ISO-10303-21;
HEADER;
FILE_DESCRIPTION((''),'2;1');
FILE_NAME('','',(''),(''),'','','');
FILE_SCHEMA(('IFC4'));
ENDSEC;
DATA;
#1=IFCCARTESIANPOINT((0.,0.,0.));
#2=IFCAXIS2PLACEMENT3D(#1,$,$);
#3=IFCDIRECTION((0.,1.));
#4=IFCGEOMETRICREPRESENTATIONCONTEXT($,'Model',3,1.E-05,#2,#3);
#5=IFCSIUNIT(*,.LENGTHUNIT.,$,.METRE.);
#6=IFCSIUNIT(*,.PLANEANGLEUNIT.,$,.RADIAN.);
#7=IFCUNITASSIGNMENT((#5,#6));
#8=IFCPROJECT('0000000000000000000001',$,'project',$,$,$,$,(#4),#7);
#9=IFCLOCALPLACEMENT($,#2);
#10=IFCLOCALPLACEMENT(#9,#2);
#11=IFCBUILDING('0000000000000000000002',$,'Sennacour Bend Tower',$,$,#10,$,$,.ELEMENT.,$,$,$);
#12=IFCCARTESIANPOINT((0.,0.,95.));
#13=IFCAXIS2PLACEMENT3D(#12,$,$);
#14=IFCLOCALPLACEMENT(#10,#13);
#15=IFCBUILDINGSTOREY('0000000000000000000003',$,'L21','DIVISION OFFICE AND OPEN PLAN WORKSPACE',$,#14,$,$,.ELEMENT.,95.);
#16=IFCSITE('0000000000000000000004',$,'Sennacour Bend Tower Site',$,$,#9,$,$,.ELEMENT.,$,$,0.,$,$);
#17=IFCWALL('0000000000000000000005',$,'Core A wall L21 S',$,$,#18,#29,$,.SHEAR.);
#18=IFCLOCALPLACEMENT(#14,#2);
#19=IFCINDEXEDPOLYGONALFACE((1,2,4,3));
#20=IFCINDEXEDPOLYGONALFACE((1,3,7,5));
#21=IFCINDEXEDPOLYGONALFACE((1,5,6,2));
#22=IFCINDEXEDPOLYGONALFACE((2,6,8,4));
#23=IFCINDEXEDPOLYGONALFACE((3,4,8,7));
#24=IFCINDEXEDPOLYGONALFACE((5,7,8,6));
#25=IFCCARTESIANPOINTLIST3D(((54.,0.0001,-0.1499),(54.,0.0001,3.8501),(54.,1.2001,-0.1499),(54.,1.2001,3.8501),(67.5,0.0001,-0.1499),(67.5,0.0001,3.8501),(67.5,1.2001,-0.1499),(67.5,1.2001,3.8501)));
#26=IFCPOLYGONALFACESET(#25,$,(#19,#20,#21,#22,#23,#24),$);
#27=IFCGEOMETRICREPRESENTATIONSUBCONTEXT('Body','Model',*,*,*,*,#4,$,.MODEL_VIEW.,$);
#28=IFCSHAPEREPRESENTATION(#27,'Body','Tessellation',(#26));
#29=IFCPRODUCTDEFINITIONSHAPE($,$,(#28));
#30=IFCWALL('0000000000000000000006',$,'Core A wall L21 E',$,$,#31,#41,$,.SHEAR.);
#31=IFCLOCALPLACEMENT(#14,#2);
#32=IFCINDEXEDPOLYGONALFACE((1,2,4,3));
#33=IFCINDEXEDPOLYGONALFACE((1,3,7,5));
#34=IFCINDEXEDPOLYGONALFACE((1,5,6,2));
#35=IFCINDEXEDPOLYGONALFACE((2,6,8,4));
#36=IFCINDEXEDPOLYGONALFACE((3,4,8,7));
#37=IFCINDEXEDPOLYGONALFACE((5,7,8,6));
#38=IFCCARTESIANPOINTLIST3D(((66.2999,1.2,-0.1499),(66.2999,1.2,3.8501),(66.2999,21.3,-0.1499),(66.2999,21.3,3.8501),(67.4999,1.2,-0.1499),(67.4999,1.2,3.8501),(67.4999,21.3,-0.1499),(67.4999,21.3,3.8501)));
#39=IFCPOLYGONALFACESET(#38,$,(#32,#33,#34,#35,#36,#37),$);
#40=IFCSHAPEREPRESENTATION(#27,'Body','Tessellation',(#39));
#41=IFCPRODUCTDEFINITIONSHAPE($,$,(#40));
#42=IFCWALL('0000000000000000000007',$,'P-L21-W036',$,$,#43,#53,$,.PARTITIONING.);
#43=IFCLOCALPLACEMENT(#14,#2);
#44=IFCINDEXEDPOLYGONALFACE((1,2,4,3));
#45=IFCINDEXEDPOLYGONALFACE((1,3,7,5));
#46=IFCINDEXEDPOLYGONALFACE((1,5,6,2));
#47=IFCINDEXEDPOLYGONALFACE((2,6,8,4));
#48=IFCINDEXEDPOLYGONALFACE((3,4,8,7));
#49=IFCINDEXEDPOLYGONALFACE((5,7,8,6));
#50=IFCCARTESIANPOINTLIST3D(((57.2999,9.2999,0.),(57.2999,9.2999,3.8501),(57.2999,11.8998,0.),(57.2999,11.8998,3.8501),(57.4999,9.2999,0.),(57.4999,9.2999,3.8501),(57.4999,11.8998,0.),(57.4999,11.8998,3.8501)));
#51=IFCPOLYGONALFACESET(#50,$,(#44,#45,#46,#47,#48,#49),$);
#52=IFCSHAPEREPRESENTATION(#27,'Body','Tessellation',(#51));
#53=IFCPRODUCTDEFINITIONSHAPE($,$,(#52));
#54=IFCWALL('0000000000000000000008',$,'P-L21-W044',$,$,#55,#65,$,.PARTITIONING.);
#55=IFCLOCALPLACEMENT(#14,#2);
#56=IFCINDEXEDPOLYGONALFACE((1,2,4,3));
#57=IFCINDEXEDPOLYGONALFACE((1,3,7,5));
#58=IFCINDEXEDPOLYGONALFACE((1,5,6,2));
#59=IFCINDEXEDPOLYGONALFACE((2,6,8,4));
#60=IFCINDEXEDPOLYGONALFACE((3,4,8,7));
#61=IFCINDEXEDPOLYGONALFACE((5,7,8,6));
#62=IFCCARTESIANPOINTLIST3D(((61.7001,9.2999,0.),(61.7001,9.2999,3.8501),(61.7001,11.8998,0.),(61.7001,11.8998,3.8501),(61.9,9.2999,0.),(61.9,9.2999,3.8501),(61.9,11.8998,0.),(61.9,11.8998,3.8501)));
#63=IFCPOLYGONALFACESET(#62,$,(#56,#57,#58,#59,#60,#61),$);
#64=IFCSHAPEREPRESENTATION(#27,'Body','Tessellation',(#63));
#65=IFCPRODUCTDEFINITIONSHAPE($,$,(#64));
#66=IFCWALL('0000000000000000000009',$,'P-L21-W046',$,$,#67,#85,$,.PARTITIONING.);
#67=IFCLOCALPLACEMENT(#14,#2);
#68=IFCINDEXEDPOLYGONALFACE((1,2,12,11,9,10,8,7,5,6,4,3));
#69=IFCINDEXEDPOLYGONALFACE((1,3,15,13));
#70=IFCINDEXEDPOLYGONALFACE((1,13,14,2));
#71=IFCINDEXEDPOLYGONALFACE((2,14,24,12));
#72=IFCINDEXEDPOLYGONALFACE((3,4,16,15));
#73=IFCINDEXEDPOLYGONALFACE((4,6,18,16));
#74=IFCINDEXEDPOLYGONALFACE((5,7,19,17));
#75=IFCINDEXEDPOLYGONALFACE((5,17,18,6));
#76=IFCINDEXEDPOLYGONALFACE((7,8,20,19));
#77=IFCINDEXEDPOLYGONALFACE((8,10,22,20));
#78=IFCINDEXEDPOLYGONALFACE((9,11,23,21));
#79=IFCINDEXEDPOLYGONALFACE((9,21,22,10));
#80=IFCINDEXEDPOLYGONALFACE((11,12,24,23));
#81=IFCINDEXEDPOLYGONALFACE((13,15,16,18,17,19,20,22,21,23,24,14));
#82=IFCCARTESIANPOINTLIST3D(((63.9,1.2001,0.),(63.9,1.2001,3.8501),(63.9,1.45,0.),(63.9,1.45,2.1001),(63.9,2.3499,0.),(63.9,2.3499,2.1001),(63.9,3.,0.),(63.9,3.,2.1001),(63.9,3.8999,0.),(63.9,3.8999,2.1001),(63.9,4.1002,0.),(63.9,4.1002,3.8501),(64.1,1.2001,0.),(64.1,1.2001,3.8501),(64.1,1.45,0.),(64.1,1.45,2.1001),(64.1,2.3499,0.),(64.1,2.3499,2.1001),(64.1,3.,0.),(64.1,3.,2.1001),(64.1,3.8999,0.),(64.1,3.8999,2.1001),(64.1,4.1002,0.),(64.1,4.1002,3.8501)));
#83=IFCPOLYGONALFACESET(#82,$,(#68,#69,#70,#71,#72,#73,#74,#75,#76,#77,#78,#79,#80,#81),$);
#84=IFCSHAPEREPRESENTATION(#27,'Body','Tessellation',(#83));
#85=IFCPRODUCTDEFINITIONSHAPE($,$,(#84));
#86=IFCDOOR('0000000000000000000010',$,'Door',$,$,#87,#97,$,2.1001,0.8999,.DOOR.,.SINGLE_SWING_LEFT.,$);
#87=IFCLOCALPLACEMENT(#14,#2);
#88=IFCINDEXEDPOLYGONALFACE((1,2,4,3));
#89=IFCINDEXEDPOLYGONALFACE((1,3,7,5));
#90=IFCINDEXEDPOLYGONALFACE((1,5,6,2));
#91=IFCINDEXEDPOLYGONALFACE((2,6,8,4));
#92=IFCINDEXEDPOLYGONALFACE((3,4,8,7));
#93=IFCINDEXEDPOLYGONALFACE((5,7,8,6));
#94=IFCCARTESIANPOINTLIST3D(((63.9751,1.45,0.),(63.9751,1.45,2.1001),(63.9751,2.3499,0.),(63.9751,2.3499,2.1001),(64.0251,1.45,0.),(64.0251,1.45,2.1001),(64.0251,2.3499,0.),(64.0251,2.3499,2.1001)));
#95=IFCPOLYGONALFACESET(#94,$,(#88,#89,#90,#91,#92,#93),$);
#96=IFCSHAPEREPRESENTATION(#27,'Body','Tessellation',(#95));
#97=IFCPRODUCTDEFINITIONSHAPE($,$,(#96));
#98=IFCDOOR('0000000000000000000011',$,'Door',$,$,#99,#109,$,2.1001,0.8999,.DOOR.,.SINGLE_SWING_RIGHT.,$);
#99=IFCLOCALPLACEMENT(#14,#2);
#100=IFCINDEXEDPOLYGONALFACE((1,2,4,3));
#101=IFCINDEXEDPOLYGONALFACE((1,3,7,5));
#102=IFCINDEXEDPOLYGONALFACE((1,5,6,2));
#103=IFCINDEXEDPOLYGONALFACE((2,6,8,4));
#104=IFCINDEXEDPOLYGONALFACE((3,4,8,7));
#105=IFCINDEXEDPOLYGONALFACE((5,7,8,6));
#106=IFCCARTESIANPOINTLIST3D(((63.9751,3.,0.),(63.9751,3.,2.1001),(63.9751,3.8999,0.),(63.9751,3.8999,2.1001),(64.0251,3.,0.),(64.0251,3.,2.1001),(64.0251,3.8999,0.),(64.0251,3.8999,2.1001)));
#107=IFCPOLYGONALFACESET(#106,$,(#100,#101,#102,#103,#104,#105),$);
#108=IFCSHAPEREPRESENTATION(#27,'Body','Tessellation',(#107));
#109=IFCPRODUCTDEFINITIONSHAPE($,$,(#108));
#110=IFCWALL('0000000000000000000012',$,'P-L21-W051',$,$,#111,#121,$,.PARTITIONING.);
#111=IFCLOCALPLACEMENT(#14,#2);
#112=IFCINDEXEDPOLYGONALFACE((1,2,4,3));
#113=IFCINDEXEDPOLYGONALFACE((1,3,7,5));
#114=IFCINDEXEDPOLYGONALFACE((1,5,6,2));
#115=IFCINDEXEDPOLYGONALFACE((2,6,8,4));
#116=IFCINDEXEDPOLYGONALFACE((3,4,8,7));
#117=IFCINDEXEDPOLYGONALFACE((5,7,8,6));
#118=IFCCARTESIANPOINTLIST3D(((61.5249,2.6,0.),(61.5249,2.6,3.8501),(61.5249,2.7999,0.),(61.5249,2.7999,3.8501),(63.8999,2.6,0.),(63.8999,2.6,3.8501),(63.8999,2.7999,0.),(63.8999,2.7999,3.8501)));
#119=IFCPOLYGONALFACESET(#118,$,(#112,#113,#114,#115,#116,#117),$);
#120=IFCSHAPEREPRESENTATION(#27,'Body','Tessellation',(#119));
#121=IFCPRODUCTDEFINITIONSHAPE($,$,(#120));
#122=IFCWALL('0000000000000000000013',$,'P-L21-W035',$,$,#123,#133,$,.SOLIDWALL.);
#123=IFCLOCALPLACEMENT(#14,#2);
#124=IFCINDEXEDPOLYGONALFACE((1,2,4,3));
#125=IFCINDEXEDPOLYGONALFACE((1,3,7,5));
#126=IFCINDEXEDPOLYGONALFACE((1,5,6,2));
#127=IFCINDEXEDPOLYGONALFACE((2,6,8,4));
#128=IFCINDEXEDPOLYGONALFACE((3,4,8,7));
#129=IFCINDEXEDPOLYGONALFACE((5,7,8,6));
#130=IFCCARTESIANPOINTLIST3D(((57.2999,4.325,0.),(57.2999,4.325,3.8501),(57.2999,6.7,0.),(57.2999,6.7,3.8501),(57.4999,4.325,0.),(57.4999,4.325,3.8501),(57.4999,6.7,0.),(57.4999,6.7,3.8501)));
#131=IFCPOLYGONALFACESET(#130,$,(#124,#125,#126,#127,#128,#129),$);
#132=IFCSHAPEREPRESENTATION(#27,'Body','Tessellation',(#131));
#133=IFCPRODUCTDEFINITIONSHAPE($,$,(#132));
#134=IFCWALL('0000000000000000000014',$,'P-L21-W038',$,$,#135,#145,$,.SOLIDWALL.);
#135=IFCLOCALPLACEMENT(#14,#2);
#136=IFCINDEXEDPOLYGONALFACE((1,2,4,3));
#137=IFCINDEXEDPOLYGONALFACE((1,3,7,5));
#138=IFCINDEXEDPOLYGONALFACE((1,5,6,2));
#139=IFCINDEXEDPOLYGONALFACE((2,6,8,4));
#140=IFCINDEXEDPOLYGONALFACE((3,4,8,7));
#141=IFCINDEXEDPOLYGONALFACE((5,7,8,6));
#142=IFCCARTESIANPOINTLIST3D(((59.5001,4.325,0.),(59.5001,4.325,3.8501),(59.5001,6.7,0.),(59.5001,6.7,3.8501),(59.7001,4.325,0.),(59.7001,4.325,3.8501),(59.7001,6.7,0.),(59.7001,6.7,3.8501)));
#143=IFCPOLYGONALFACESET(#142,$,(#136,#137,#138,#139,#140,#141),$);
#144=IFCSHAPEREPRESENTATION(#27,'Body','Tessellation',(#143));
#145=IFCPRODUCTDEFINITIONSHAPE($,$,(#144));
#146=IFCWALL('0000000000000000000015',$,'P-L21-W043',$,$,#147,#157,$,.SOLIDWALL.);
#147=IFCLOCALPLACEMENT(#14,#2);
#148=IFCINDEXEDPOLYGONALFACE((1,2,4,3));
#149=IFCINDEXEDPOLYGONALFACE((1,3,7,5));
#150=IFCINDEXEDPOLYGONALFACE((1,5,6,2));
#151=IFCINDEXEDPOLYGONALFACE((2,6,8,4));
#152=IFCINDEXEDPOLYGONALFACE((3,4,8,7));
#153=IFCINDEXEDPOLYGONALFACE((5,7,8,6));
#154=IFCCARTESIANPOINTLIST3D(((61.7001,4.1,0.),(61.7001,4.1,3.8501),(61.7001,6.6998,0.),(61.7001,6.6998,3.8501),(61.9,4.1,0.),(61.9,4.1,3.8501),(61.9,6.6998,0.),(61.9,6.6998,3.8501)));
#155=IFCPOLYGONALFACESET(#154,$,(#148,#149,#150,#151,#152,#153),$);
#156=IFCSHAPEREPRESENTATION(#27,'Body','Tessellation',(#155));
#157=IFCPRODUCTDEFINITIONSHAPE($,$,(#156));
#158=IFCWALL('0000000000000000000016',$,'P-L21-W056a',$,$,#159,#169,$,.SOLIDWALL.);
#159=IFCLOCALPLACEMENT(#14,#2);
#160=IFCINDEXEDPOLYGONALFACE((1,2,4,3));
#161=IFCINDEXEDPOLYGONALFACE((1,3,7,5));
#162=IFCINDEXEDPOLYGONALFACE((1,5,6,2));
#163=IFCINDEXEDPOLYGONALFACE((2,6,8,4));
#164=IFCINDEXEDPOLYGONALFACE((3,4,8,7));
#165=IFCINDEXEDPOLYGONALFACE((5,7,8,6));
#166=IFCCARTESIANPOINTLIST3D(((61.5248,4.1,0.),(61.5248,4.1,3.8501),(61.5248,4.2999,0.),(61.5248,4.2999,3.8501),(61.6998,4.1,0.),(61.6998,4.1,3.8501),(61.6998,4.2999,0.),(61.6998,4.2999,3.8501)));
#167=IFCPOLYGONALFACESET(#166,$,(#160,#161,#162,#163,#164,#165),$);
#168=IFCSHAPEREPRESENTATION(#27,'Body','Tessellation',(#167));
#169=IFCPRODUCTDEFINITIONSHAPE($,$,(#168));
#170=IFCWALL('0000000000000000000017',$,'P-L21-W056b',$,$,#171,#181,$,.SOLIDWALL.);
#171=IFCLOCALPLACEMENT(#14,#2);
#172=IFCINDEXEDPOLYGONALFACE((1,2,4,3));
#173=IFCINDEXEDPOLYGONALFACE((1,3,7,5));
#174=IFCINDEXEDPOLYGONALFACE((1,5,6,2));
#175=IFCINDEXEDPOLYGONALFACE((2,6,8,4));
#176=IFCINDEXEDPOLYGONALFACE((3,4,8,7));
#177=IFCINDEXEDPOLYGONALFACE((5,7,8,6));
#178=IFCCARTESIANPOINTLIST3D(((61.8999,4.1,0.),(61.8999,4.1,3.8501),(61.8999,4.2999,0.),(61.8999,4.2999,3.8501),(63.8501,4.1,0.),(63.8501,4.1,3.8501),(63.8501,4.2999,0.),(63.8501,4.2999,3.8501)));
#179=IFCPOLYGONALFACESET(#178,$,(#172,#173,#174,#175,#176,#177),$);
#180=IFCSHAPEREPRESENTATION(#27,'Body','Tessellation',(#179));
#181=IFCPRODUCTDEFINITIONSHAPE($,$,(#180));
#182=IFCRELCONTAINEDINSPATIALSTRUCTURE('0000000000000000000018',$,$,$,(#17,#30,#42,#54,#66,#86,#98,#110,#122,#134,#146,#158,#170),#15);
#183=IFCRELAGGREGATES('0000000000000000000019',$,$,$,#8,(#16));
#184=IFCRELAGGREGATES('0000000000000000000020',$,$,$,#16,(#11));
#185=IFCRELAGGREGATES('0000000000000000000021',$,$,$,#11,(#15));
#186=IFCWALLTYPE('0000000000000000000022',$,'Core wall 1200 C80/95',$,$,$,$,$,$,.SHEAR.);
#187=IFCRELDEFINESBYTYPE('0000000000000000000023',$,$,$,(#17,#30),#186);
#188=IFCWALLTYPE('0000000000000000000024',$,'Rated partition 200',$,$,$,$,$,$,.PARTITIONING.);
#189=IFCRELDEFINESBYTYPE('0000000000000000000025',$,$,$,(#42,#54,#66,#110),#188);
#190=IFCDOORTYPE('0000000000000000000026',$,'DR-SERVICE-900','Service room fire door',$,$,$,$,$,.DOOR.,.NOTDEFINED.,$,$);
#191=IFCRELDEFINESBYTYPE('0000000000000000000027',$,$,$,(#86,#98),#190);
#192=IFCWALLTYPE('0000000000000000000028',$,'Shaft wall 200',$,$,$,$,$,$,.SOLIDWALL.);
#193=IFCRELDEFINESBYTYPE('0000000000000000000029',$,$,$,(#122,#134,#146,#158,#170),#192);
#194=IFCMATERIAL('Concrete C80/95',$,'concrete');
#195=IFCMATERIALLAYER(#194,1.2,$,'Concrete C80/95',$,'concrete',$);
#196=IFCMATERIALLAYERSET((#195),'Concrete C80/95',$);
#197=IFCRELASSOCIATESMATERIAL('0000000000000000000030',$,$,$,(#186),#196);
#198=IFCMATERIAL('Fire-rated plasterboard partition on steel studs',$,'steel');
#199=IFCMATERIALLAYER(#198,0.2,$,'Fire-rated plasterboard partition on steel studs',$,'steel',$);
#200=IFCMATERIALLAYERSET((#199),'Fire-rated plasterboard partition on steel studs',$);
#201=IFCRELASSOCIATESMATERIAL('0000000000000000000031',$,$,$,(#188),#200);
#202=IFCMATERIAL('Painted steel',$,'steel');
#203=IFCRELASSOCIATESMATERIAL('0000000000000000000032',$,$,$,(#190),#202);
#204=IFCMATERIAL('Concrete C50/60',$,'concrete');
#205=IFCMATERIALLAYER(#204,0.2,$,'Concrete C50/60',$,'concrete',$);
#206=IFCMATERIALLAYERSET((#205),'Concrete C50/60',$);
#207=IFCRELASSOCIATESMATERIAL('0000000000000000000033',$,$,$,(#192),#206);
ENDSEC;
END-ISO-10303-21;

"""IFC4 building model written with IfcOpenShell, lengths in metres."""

from ifc_helpers import new_model, si_unit, direction, frame, frame_2d, origin, place, context, subcontext, project, spatial, rectangle, extrude, material, layer, layer_set, type_object, element, fill, save


model = new_model("IFC4")

# Units and contexts
model_context = context("Model", 3, precision=1e-05, world=origin(), true_north=direction((0.0, 1.0)))
body_context = subcontext(model_context, "Body", "Model", "MODEL_VIEW")
ifc_project = project(units=[si_unit("LENGTHUNIT", "METRE"), si_unit("PLANEANGLEUNIT", "RADIAN")], contexts=[model_context])

# Site, building, storey
site_placement = place(None, origin())
site = spatial("IfcSite", under=ifc_project, at=site_placement, Name="Sennacour Bend Tower Site", CompositionType="ELEMENT", RefElevation=0.0)
building_placement = place(site_placement, origin())
building = spatial("IfcBuilding", under=site, at=building_placement, Name="Sennacour Bend Tower", CompositionType="ELEMENT")
storey_placement = place(building_placement, frame((0.0, 0.0, 95.0)))
storey = spatial("IfcBuildingStorey", under=building, at=storey_placement, Name="L21", Description="DIVISION OFFICE AND OPEN PLAN WORKSPACE", CompositionType="ELEMENT", Elevation=95.0)

# Walls
ifc_material_1 = material(Name="Concrete C80/95", Category="concrete")
ifc_layer_1 = layer(ifc_material_1, 1.2, Name="Concrete C80/95", Category="concrete")
ifc_layer_set_1 = layer_set([ifc_layer_1], Name="Concrete C80/95")
wall_type_1 = type_object("IfcWallType", Name="Core wall 1200 C80/95", PredefinedType="SHEAR", material=ifc_layer_set_1)
wall_1_placement = place(storey_placement, frame((67.5, 0.6001, -0.1499), z_axis=(0.0, 0.0, 1.0), x_axis=(-1.0, 0.0, 0.0)))
element("IfcWall", 1, at=wall_1_placement, inside=storey, type_object=wall_type_1, Name="Core A wall L21 S", PredefinedType="SHEAR", context=body_context, shape_type="SweptSolid", body=[
    extrude(rectangle(XDim=13.5, YDim=1.2, at=frame_2d((6.75, 0.0))), origin(), (0.0, 0.0, 1.0), 4.0),
])
wall_2_placement = place(storey_placement, frame((66.8999, 1.2, -0.1499), z_axis=(0.0, 0.0, 1.0), x_axis=(0.0, 1.0, 0.0)))
element("IfcWall", 2, at=wall_2_placement, inside=storey, type_object=wall_type_1, Name="Core A wall L21 E", PredefinedType="SHEAR", context=body_context, shape_type="SweptSolid", body=[
    extrude(rectangle(XDim=20.1001, YDim=1.2, at=frame_2d((10.05, 0.0))), origin(), (0.0, 0.0, 1.0), 4.0),
])
ifc_material_2 = material(Name="Fire-rated plasterboard partition on steel studs", Category="steel")
ifc_layer_2 = layer(ifc_material_2, 0.2, Name="Fire-rated plasterboard partition on steel studs", Category="steel")
ifc_layer_set_2 = layer_set([ifc_layer_2], Name="Fire-rated plasterboard partition on steel studs")
wall_type_2 = type_object("IfcWallType", Name="Rated partition 200", PredefinedType="PARTITIONING", material=ifc_layer_set_2)
for number, where, z_axis, x_axis, name in (
    (3, (57.3999, 9.3, 0.0), (0.0, 0.0, 1.0), (0.0, 1.0, 0.0), "P-L21-W036"),
    (4, (61.8, 9.3, 0.0), (0.0, 0.0, 1.0), (0.0, 1.0, 0.0), "P-L21-W044"),
):
    element("IfcWall", number, at=place(storey_placement, frame(where, z_axis=z_axis, x_axis=x_axis)), inside=storey, type_object=wall_type_2, Name=name, PredefinedType="PARTITIONING", context=body_context, shape_type="SweptSolid", body=[
        extrude(rectangle(XDim=2.5999, YDim=0.2, at=frame_2d((1.2998, 0.0))), origin(), (0.0, 0.0, 1.0), 3.8501),
    ])

# Wall, openings, doors
wall_3_placement = place(storey_placement, frame((64.0, 1.2, 0.0), z_axis=(0.0, 0.0, 1.0), x_axis=(0.0, 1.0, 0.0)))
wall_3 = element("IfcWall", 5, at=wall_3_placement, inside=storey, type_object=wall_type_2, Name="P-L21-W046", PredefinedType="PARTITIONING", context=body_context, shape_type="SweptSolid", body=[
    extrude(rectangle(XDim=2.9001, YDim=0.2, at=frame_2d((1.4502, 0.0))), origin(), (0.0, 0.0, 1.0), 3.8501),
])
opening_1_placement = place(wall_3_placement, frame((0.25, 0.0, 0.0)))
opening_1 = element("IfcOpeningElement", 6, at=opening_1_placement, cuts=wall_3, PredefinedType="OPENING", context=body_context, shape_type="SweptSolid", body=[
    extrude(rectangle(XDim=0.8999, YDim=2.1001, at=frame_2d((0.45, 1.05))), frame((0.0, 0.1099, 0.0), z_axis=(0.0, -1.0, 0.0), x_axis=(1.0, 0.0, 0.0)), (0.0, 0.0, 1.0), 0.22),
])
opening_2_placement = place(wall_3_placement, frame((1.8, 0.0, 0.0)))
opening_2 = element("IfcOpeningElement", 7, at=opening_2_placement, cuts=wall_3, PredefinedType="OPENING", context=body_context, shape_type="SweptSolid", body=[
    extrude(rectangle(XDim=0.8999, YDim=2.1001, at=frame_2d((0.45, 1.05))), frame((0.0, 0.1099, 0.0), z_axis=(0.0, -1.0, 0.0), x_axis=(1.0, 0.0, 0.0)), (0.0, 0.0, 1.0), 0.22),
])
ifc_material_3 = material(Name="Painted steel", Category="steel")
door_type_1 = type_object("IfcDoorType", Name="DR-SERVICE-900", Description="Service room fire door", OperationType="NOTDEFINED", PredefinedType="DOOR", material=ifc_material_3)
door_1_placement = place(opening_1_placement, origin())
door_1 = element("IfcDoor", 8, at=door_1_placement, inside=storey, type_object=door_type_1, Name="Door", OperationType="SINGLE_SWING_LEFT", OverallHeight=2.1001, OverallWidth=0.8999, PredefinedType="DOOR", context=body_context, shape_type="SweptSolid", body=[
    extrude(rectangle(XDim=0.8999, YDim=2.1001, at=frame_2d((0.45, 1.05))), frame((0.0, 0.0249, 0.0), z_axis=(0.0, -1.0, 0.0), x_axis=(1.0, 0.0, 0.0)), (0.0, 0.0, 1.0), 0.05),
])
fill(opening_1, door_1)
door_2_placement = place(opening_2_placement, origin())
door_2 = element("IfcDoor", 9, at=door_2_placement, inside=storey, type_object=door_type_1, Name="Door", OperationType="SINGLE_SWING_RIGHT", OverallHeight=2.1001, OverallWidth=0.8999, PredefinedType="DOOR", context=body_context, shape_type="SweptSolid", body=[
    extrude(rectangle(XDim=0.8999, YDim=2.1001, at=frame_2d((0.45, 1.05))), frame((0.0, 0.0249, 0.0), z_axis=(0.0, -1.0, 0.0), x_axis=(1.0, 0.0, 0.0)), (0.0, 0.0, 1.0), 0.05),
])
fill(opening_2, door_2)

# Walls
wall_4_placement = place(storey_placement, frame((61.5249, 2.7, 0.0), z_axis=(0.0, 0.0, 1.0), x_axis=(1.0, 0.0, 0.0)))
element("IfcWall", 10, at=wall_4_placement, inside=storey, type_object=wall_type_2, Name="P-L21-W051", PredefinedType="PARTITIONING", context=body_context, shape_type="SweptSolid", body=[
    extrude(rectangle(XDim=2.375, YDim=0.2, at=frame_2d((1.1875, 0.0))), origin(), (0.0, 0.0, 1.0), 3.8501),
])
ifc_material_4 = material(Name="Concrete C50/60", Category="concrete")
ifc_layer_3 = layer(ifc_material_4, 0.2, Name="Concrete C50/60", Category="concrete")
ifc_layer_set_3 = layer_set([ifc_layer_3], Name="Concrete C50/60")
wall_type_3 = type_object("IfcWallType", Name="Shaft wall 200", PredefinedType="SOLIDWALL", material=ifc_layer_set_3)
for number, where, z_axis, x_axis, name in (
    (11, (57.3999, 4.325, 0.0), (0.0, 0.0, 1.0), (0.0, 1.0, 0.0), "P-L21-W035"),
    (12, (59.6001, 4.325, 0.0), (0.0, 0.0, 1.0), (0.0, 1.0, 0.0), "P-L21-W038"),
):
    element("IfcWall", number, at=place(storey_placement, frame(where, z_axis=z_axis, x_axis=x_axis)), inside=storey, type_object=wall_type_3, Name=name, PredefinedType="SOLIDWALL", context=body_context, shape_type="SweptSolid", body=[
        extrude(rectangle(XDim=2.375, YDim=0.2, at=frame_2d((1.1875, 0.0))), origin(), (0.0, 0.0, 1.0), 3.8501),
    ])
wall_5_placement = place(storey_placement, frame((61.8, 4.1001, 0.0), z_axis=(0.0, 0.0, 1.0), x_axis=(0.0, 1.0, 0.0)))
element("IfcWall", 13, at=wall_5_placement, inside=storey, type_object=wall_type_3, Name="P-L21-W043", PredefinedType="SOLIDWALL", context=body_context, shape_type="SweptSolid", body=[
    extrude(rectangle(XDim=2.5999, YDim=0.2, at=frame_2d((1.2998, 0.0))), origin(), (0.0, 0.0, 1.0), 3.8501),
])
wall_6_placement = place(storey_placement, frame((61.5249, 4.2, 0.0), z_axis=(0.0, 0.0, 1.0), x_axis=(1.0, 0.0, 0.0)))
element("IfcWall", 14, at=wall_6_placement, inside=storey, type_object=wall_type_3, Name="P-L21-W056a", PredefinedType="SOLIDWALL", context=body_context, shape_type="SweptSolid", body=[
    extrude(rectangle(XDim=0.175, YDim=0.2, at=frame_2d((0.0874, 0.0))), origin(), (0.0, 0.0, 1.0), 3.8501),
])
wall_7_placement = place(storey_placement, frame((61.8999, 4.2, 0.0), z_axis=(0.0, 0.0, 1.0), x_axis=(1.0, 0.0, 0.0)))
element("IfcWall", 15, at=wall_7_placement, inside=storey, type_object=wall_type_3, Name="P-L21-W056b", PredefinedType="SOLIDWALL", context=body_context, shape_type="SweptSolid", body=[
    extrude(rectangle(XDim=1.9502, YDim=0.2, at=frame_2d((0.9751, 0.0))), origin(), (0.0, 0.0, 1.0), 3.8501),
])

save(model, "model.ifc")
